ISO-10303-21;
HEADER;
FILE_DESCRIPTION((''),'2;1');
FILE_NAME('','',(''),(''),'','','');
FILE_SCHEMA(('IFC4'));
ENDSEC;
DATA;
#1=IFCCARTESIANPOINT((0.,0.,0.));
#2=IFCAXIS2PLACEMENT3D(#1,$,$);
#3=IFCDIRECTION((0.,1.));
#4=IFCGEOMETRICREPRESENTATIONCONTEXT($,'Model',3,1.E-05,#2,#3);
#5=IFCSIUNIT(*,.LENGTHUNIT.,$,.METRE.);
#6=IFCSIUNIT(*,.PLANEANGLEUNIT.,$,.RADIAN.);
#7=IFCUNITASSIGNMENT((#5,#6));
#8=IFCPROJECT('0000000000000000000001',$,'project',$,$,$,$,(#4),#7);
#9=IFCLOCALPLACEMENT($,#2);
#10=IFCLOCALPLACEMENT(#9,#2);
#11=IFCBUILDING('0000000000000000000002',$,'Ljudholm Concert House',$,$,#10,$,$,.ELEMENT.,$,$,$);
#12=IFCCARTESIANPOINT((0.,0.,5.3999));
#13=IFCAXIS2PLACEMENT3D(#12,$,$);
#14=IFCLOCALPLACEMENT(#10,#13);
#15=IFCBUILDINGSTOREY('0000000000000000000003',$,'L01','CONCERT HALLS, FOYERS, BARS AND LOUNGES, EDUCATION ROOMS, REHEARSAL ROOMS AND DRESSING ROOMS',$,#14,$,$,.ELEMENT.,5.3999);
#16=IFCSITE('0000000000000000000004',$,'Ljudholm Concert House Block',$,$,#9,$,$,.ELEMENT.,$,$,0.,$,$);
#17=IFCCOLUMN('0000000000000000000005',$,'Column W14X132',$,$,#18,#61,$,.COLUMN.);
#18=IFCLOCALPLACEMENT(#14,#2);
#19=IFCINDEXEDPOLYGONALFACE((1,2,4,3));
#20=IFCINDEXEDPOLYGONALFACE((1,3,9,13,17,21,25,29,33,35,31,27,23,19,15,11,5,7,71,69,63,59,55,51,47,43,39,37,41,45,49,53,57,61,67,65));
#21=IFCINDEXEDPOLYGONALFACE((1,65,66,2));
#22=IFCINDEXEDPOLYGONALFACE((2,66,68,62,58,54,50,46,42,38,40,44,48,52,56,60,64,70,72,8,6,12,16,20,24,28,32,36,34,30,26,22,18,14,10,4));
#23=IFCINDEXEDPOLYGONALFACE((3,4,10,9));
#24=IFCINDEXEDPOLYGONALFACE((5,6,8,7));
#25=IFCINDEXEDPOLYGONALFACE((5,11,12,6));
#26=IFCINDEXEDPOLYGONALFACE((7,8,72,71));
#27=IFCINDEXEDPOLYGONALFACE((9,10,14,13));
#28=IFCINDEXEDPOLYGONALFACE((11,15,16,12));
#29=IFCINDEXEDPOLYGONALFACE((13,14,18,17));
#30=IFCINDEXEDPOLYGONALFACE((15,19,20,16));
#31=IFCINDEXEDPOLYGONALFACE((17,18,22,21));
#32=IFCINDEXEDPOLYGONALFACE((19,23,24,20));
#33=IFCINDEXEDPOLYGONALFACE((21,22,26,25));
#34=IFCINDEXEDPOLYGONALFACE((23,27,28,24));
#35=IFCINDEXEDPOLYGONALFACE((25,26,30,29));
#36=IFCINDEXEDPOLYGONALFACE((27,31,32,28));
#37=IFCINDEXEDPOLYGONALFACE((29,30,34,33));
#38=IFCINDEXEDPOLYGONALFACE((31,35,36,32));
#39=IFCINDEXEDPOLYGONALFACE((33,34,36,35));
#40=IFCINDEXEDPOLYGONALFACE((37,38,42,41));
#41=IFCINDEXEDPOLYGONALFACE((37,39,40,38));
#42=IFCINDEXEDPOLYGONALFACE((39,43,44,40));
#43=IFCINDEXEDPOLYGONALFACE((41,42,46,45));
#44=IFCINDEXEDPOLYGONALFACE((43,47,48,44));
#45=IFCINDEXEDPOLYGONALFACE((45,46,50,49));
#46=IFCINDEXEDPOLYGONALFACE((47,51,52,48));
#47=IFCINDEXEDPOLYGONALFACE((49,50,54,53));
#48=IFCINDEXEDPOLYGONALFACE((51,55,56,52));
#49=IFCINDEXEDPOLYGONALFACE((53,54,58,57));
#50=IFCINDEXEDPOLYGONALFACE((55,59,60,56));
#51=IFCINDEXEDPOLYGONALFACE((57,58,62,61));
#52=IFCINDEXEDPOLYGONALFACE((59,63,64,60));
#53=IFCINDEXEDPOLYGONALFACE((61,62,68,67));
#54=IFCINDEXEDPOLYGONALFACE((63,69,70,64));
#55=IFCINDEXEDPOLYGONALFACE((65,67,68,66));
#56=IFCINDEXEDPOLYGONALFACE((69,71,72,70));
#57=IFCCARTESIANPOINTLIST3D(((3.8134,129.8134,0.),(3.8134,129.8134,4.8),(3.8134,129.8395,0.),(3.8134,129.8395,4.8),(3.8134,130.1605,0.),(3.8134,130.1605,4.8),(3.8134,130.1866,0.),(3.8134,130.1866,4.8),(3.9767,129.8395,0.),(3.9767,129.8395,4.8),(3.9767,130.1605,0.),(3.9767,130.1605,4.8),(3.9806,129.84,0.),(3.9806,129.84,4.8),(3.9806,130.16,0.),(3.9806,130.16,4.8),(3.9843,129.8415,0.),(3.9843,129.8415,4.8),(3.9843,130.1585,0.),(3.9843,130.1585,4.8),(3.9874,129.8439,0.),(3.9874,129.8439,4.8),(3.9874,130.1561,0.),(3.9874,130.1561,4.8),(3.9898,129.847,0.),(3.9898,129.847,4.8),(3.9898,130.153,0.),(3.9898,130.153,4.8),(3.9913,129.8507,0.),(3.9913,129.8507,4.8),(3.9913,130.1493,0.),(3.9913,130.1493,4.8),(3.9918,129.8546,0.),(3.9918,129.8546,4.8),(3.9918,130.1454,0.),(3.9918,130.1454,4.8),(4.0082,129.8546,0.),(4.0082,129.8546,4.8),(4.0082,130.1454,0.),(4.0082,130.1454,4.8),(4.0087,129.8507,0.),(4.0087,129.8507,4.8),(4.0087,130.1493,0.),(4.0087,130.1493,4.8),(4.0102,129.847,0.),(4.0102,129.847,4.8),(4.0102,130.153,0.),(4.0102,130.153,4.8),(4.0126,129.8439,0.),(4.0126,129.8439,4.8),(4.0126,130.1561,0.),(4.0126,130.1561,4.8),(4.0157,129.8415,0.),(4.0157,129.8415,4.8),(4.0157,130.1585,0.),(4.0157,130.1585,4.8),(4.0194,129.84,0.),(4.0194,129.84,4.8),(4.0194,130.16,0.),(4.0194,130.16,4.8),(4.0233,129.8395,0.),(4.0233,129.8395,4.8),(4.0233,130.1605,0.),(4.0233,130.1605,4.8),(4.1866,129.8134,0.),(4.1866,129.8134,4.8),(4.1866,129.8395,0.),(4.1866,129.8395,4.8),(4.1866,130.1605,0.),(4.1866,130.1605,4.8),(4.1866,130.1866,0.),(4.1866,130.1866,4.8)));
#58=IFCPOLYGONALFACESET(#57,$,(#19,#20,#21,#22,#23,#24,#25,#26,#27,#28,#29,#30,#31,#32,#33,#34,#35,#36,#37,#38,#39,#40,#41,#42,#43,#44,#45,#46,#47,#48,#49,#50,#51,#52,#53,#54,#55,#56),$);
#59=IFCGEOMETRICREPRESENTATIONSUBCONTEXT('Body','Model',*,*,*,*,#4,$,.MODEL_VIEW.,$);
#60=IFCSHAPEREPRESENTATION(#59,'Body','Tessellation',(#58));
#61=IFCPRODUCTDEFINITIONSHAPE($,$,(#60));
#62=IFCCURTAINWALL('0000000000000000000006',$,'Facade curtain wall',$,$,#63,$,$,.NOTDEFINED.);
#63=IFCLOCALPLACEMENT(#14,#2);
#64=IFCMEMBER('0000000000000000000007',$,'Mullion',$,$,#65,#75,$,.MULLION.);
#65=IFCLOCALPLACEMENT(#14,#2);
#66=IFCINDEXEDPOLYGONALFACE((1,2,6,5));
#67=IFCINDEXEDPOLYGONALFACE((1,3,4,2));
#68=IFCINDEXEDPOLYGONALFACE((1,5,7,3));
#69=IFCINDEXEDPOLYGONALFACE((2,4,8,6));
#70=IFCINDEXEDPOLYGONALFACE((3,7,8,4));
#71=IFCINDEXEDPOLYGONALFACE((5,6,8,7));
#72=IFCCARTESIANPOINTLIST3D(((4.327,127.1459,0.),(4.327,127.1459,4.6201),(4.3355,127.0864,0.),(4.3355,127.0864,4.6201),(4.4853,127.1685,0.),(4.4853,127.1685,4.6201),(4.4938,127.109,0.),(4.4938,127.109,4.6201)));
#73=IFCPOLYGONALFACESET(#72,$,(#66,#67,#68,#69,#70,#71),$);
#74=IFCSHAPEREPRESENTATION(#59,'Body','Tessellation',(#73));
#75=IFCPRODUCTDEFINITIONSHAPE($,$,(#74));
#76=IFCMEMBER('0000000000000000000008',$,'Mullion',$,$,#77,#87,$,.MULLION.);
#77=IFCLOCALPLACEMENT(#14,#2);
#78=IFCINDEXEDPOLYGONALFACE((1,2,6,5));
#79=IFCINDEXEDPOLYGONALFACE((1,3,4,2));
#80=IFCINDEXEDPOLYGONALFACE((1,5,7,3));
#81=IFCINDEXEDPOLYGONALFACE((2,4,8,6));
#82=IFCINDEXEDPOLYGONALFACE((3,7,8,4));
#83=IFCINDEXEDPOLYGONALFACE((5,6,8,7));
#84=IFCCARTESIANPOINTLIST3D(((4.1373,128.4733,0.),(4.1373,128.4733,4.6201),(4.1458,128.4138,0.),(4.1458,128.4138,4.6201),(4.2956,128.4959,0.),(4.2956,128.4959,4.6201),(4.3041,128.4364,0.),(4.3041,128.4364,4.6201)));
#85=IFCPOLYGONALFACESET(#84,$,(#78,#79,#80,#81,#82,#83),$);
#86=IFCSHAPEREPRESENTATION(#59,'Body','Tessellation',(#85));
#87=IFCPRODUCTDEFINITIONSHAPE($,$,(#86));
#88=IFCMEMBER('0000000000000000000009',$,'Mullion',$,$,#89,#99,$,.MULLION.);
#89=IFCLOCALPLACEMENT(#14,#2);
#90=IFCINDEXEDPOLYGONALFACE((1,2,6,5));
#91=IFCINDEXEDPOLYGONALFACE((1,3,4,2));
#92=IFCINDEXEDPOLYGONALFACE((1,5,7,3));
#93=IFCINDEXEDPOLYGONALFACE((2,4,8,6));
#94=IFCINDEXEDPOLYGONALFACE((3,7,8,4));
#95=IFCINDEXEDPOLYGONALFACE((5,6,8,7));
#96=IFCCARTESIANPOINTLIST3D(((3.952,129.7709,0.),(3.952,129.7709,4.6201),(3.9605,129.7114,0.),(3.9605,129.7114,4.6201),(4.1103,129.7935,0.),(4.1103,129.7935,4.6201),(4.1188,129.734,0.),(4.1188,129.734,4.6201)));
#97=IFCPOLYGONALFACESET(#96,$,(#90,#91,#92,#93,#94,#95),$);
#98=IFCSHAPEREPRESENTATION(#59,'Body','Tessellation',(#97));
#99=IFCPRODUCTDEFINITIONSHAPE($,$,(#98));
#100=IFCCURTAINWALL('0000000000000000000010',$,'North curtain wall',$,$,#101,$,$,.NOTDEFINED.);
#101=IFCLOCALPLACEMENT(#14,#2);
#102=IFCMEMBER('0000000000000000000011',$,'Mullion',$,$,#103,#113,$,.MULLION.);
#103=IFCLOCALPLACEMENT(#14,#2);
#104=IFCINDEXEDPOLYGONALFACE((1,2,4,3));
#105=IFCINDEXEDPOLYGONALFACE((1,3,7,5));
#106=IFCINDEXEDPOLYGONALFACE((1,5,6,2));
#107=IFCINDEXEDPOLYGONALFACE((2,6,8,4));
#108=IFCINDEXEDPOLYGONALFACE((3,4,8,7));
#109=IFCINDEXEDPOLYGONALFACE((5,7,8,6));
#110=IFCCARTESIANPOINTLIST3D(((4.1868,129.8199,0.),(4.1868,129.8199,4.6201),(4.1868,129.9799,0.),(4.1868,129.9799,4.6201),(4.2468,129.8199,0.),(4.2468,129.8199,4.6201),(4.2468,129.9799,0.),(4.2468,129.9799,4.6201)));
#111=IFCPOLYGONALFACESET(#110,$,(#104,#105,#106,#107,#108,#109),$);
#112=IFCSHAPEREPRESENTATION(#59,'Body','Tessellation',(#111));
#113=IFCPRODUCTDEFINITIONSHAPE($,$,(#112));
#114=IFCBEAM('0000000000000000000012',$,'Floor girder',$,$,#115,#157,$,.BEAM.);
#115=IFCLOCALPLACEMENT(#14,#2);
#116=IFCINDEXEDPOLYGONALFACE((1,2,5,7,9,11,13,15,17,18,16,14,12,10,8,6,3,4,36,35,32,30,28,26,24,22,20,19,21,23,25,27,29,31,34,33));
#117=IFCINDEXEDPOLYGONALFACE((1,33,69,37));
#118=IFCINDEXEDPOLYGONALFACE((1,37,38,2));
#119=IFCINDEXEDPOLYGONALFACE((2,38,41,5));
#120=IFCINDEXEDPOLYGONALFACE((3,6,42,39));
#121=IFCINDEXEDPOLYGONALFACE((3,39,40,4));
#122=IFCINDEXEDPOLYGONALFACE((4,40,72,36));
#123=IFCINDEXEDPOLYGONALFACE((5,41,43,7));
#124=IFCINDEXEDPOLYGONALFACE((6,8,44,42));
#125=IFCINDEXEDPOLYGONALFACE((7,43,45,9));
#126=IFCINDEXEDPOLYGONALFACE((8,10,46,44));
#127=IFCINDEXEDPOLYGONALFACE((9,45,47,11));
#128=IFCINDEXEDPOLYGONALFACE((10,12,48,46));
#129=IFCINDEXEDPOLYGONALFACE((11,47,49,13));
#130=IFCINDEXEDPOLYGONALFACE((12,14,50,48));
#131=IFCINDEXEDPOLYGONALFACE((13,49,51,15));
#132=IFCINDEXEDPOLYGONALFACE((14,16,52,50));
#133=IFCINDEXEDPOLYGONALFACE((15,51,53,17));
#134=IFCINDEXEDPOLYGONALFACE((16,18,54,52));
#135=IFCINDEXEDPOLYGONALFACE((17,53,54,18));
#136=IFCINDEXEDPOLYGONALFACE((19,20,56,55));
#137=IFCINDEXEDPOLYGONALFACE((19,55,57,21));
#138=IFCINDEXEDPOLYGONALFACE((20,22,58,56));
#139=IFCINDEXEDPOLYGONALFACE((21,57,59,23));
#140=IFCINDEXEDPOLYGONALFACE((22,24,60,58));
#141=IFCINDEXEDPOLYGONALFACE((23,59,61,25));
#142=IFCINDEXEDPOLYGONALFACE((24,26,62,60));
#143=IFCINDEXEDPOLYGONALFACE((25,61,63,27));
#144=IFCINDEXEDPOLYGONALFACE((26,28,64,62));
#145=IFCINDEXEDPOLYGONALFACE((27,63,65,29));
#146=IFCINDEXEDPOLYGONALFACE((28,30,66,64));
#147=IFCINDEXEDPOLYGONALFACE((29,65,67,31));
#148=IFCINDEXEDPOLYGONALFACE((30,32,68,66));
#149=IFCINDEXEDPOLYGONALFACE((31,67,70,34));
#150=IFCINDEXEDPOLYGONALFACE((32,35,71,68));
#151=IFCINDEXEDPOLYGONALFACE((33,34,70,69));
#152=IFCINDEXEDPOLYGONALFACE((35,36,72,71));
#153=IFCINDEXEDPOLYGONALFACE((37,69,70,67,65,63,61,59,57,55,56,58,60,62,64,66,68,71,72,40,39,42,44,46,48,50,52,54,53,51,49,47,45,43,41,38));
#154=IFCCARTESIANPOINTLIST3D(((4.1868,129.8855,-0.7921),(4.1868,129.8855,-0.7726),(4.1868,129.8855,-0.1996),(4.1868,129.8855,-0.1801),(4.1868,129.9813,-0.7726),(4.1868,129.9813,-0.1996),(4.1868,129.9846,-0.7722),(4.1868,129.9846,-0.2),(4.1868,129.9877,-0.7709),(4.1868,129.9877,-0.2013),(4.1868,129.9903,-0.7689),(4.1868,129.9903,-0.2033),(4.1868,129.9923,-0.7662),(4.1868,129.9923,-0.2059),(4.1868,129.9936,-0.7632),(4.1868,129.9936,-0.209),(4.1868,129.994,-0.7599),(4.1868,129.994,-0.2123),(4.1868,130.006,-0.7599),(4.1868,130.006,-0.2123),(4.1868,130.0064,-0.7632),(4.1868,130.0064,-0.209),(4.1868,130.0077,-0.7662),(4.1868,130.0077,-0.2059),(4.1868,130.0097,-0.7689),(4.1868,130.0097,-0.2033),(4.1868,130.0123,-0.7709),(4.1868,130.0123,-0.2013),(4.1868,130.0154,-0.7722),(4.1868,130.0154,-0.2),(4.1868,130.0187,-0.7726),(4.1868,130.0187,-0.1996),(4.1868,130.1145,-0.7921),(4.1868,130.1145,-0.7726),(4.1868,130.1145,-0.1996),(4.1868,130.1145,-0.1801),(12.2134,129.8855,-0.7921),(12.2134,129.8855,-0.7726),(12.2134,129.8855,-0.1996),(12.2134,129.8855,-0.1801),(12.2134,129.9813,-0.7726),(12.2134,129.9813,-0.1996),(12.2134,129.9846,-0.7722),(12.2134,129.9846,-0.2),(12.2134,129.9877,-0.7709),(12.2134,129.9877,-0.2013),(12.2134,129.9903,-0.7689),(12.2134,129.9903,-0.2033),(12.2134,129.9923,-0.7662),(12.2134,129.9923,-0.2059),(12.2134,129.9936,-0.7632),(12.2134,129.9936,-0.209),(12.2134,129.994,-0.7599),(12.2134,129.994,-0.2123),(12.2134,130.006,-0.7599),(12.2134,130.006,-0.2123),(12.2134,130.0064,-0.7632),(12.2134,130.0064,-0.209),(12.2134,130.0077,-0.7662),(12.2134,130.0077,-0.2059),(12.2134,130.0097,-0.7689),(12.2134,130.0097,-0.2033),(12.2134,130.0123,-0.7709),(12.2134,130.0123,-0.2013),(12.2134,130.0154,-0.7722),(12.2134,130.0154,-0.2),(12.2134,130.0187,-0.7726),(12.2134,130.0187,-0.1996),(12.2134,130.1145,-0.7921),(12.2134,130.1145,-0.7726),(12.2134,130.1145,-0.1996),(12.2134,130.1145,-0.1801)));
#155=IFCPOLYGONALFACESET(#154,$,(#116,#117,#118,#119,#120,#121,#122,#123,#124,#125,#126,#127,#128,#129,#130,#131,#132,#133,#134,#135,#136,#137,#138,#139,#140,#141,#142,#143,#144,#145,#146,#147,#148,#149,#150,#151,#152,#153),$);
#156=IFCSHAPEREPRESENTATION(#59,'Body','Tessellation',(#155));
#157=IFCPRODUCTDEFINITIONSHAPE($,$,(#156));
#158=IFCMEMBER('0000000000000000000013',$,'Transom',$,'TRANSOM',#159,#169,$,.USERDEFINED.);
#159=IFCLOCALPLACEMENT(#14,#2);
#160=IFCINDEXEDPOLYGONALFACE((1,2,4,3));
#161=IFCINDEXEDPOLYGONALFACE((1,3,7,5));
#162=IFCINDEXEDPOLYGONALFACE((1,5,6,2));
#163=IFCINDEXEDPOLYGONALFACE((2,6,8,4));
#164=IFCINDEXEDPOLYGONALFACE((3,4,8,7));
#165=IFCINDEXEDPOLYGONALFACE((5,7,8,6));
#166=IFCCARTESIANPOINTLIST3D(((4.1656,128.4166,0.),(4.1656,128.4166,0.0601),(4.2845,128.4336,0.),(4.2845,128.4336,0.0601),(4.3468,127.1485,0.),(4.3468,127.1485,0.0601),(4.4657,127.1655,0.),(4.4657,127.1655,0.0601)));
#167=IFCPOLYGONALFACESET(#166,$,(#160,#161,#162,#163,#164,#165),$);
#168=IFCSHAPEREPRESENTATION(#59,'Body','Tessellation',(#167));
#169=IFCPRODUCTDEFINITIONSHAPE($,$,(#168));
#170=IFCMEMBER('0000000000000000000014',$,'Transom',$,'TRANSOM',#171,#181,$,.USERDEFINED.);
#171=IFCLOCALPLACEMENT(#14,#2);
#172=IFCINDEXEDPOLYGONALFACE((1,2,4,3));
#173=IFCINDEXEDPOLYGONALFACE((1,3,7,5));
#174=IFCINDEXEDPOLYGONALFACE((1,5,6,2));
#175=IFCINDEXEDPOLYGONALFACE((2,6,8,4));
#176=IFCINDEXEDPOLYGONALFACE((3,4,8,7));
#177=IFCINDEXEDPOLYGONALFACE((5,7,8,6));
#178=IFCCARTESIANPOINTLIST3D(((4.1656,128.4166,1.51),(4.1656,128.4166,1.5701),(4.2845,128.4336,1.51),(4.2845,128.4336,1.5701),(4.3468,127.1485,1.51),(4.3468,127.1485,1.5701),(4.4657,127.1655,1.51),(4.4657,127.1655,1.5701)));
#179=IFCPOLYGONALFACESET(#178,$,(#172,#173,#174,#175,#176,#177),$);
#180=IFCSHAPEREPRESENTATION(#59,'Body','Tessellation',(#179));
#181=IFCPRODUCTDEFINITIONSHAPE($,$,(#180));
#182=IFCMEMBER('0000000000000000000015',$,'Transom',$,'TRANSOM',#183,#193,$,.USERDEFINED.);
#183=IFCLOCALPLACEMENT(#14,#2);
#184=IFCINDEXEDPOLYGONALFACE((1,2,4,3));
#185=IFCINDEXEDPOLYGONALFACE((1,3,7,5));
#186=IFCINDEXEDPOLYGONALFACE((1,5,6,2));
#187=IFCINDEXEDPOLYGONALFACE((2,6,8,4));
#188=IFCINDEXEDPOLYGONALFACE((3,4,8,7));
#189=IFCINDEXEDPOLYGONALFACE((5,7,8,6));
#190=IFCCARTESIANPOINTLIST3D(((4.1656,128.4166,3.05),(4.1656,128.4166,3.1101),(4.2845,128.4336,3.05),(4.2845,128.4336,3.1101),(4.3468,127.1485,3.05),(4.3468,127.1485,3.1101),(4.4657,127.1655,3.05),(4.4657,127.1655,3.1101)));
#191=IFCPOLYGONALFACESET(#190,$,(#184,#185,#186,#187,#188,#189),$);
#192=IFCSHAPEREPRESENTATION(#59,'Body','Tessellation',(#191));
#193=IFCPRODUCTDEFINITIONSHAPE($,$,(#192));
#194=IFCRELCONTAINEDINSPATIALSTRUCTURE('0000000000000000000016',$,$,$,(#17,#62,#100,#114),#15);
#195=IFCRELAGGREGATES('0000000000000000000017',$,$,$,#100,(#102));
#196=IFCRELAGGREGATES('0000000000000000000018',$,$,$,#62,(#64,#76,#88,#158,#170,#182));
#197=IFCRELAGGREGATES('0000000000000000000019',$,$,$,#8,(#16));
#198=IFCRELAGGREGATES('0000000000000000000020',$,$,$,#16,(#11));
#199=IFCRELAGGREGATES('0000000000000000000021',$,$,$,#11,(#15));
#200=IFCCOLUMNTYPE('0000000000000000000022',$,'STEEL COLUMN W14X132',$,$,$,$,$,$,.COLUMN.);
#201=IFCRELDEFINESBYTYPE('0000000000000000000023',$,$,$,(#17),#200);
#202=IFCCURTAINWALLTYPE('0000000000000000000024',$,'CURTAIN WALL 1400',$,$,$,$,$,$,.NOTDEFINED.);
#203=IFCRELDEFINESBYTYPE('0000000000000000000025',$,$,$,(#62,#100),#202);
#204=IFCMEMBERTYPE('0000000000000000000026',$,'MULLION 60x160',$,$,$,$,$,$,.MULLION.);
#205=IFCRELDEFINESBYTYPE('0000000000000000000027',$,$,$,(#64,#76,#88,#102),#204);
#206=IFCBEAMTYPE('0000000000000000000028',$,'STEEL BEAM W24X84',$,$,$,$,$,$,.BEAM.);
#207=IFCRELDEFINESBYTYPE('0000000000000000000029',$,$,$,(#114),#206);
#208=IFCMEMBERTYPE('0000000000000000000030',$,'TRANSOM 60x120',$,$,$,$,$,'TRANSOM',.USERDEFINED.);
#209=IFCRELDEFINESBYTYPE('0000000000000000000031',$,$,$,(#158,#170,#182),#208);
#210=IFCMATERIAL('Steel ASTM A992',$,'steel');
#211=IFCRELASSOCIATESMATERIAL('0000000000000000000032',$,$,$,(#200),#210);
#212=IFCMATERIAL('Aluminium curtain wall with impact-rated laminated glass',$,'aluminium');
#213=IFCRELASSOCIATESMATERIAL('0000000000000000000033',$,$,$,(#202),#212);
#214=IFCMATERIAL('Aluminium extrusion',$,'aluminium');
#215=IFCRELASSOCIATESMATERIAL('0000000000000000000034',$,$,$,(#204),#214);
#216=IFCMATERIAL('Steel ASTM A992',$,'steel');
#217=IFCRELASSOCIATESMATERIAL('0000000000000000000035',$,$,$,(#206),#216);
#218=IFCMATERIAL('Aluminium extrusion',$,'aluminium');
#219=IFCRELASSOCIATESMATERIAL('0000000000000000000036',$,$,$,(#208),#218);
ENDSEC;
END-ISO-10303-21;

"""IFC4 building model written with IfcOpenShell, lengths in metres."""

from ifc_helpers import new_model, si_unit, direction, frame, origin, origin_2d, place, context, subcontext, project, spatial, rectangle, i_section, extrude, material, material_profile, profile_set, type_object, element, aggregate, save


model = new_model("IFC4")

# Units and contexts
model_context = context("Model", 3, precision=1e-05, world=origin(), true_north=direction((0.0, 1.0)))
body_context = subcontext(model_context, "Body", "Model", "MODEL_VIEW")
ifc_project = project(units=[si_unit("LENGTHUNIT", "METRE"), si_unit("PLANEANGLEUNIT", "RADIAN")], contexts=[model_context])

# Site, building, storey
site_placement = place(None, origin())
site = spatial("IfcSite", under=ifc_project, at=site_placement, Name="Ljudholm Concert House Block", CompositionType="ELEMENT", RefElevation=0.0)
building_placement = place(site_placement, origin())
building = spatial("IfcBuilding", under=site, at=building_placement, Name="Ljudholm Concert House", CompositionType="ELEMENT")
storey_placement = place(building_placement, frame((0.0, 0.0, 5.3999)))
storey = spatial("IfcBuildingStorey", under=building, at=storey_placement, Name="L01", Description="CONCERT HALLS, FOYERS, BARS AND LOUNGES, EDUCATION ROOMS, REHEARSAL ROOMS AND DRESSING ROOMS", CompositionType="ELEMENT", Elevation=5.3999)

# Column
ifc_material_1 = material(Name="Steel ASTM A992", Category="steel")
ifc_material_profile_1 = material_profile(ifc_material_1, i_section(OverallWidth=0.3733, OverallDepth=0.3733, WebThickness=0.0164, FlangeThickness=0.0261, FilletRadius=0.0151, at=origin_2d()), Name="W14X132")
ifc_profile_set_1 = profile_set([ifc_material_profile_1], Name="Steel ASTM A992")
column_type = type_object("IfcColumnType", Name="STEEL COLUMN W14X132", PredefinedType="COLUMN", material=ifc_profile_set_1)
column_placement = place(storey_placement, frame((4.0, 130.0, 0.0), z_axis=(0.0, 0.0, 1.0), x_axis=(1.0, 0.0, 0.0)))
element("IfcColumn", 1, at=column_placement, inside=storey, type_object=column_type, Name="Column W14X132", PredefinedType="COLUMN", context=body_context, shape_type="SweptSolid", body=[
    extrude(i_section(OverallWidth=0.3733, OverallDepth=0.3733, WebThickness=0.0164, FlangeThickness=0.0261, FilletRadius=0.0151, at=origin_2d()), origin(), (0.0, 0.0, 1.0), 4.8),
])

# Curtain wall, members
ifc_material_2 = material(Name="Aluminium curtain wall with impact-rated laminated glass", Category="aluminium")
curtain_wall_type = type_object("IfcCurtainWallType", Name="CURTAIN WALL 1400", PredefinedType="NOTDEFINED", material=ifc_material_2)
curtain_wall_1_placement = place(storey_placement, origin())
curtain_wall_1 = element("IfcCurtainWall", 2, at=curtain_wall_1_placement, inside=storey, type_object=curtain_wall_type, Name="Facade curtain wall", PredefinedType="NOTDEFINED")
ifc_material_3 = material(Name="Aluminium extrusion", Category="aluminium")
ifc_material_profile_2 = material_profile(ifc_material_3, rectangle(XDim=0.1599, YDim=0.0601, at=origin_2d()), Name="MULLION 60x160")
ifc_profile_set_2 = profile_set([ifc_material_profile_2], Name="Aluminium extrusion")
member_type_1 = type_object("IfcMemberType", Name="MULLION 60x160", PredefinedType="MULLION", material=ifc_profile_set_2)
member_1_placement = place(storey_placement, frame((4.4104, 127.1274, 0.0), z_axis=(0.0, 0.0, 1.0), x_axis=(-0.989949, -0.141421, 0.0)))
member_1 = element("IfcMember", 3, at=member_1_placement, type_object=member_type_1, Name="Mullion", PredefinedType="MULLION", context=body_context, shape_type="SweptSolid", body=[
    extrude(rectangle(XDim=0.1599, YDim=0.0601, at=origin_2d()), origin(), (0.0, 0.0, 1.0), 4.6201),
])
member_2_placement = place(storey_placement, frame((4.2207, 128.4548, 0.0), z_axis=(0.0, 0.0, 1.0), x_axis=(-0.989949, -0.141421, 0.0)))
member_2 = element("IfcMember", 4, at=member_2_placement, type_object=member_type_1, Name="Mullion", PredefinedType="MULLION", context=body_context, shape_type="SweptSolid", body=[
    extrude(rectangle(XDim=0.1599, YDim=0.0601, at=origin_2d()), origin(), (0.0, 0.0, 1.0), 4.6201),
])
member_3_placement = place(storey_placement, frame((4.0354, 129.7524, 0.0), z_axis=(0.0, 0.0, 1.0), x_axis=(-0.989949, -0.141421, 0.0)))
member_3 = element("IfcMember", 5, at=member_3_placement, type_object=member_type_1, Name="Mullion", PredefinedType="MULLION", context=body_context, shape_type="SweptSolid", body=[
    extrude(rectangle(XDim=0.1599, YDim=0.0601, at=origin_2d()), origin(), (0.0, 0.0, 1.0), 4.6201),
])

# Curtain wall, member
curtain_wall_2_placement = place(storey_placement, origin())
curtain_wall_2 = element("IfcCurtainWall", 6, at=curtain_wall_2_placement, inside=storey, type_object=curtain_wall_type, Name="North curtain wall", PredefinedType="NOTDEFINED")
member_4_placement = place(storey_placement, frame((4.2168, 129.8999, 0.0), z_axis=(0.0, 0.0, 1.0), x_axis=(0.0, 1.0, 0.0)))
member_4 = element("IfcMember", 7, at=member_4_placement, type_object=member_type_1, Name="Mullion", PredefinedType="MULLION", context=body_context, shape_type="SweptSolid", body=[
    extrude(rectangle(XDim=0.1599, YDim=0.0601, at=origin_2d()), origin(), (0.0, 0.0, 1.0), 4.6201),
])

# Beam
ifc_material_4 = material(Name="Steel ASTM A992", Category="steel")
ifc_material_profile_3 = material_profile(ifc_material_4, i_section(OverallWidth=0.229, OverallDepth=0.6121, WebThickness=0.012, FlangeThickness=0.0195, FilletRadius=0.0127, at=origin_2d()), Name="W24X84")
ifc_profile_set_3 = profile_set([ifc_material_profile_3], Name="Steel ASTM A992")
beam_type = type_object("IfcBeamType", Name="STEEL BEAM W24X84", PredefinedType="BEAM", material=ifc_profile_set_3)
beam_placement = place(storey_placement, frame((4.1868, 130.0, -0.4861), z_axis=(1.0, 0.0, 0.0), x_axis=(0.0, 1.0, 0.0)))
element("IfcBeam", 8, at=beam_placement, inside=storey, type_object=beam_type, Name="Floor girder", PredefinedType="BEAM", context=body_context, shape_type="SweptSolid", body=[
    extrude(i_section(OverallWidth=0.229, OverallDepth=0.6121, WebThickness=0.012, FlangeThickness=0.0195, FilletRadius=0.0127, at=origin_2d()), origin(), (0.0, 0.0, 1.0), 8.0266),
])

# Members
ifc_material_5 = material(Name="Aluminium extrusion", Category="aluminium")
ifc_material_profile_4 = material_profile(ifc_material_5, rectangle(XDim=0.1201, YDim=0.0601, at=origin_2d()), Name="TRANSOM 60x120")
ifc_profile_set_4 = profile_set([ifc_material_profile_4], Name="Aluminium extrusion")
member_type_2 = type_object("IfcMemberType", Name="TRANSOM 60x120", ElementType="TRANSOM", PredefinedType="USERDEFINED", material=ifc_profile_set_4)
member_5_placement = place(storey_placement, frame((4.4062, 127.157, 0.03), z_axis=(-0.141421, 0.989949, 0.0), x_axis=(-0.989949, -0.141421, 0.0)))
member_5 = element("IfcMember", 9, at=member_5_placement, type_object=member_type_2, Name="Transom", ObjectType="TRANSOM", PredefinedType="USERDEFINED", context=body_context, shape_type="SweptSolid", body=[
    extrude(rectangle(XDim=0.1201, YDim=0.0601, at=origin_2d()), origin(), (0.0, 0.0, 1.0), 1.281),
])
member_6_placement = place(storey_placement, frame((4.4062, 127.157, 1.54), z_axis=(-0.141421, 0.989949, 0.0), x_axis=(-0.989949, -0.141421, 0.0)))
member_6 = element("IfcMember", 10, at=member_6_placement, type_object=member_type_2, Name="Transom", ObjectType="TRANSOM", PredefinedType="USERDEFINED", context=body_context, shape_type="SweptSolid", body=[
    extrude(rectangle(XDim=0.1201, YDim=0.0601, at=origin_2d()), origin(), (0.0, 0.0, 1.0), 1.281),
])
member_7_placement = place(storey_placement, frame((4.4062, 127.157, 3.0801), z_axis=(-0.141421, 0.989949, 0.0), x_axis=(-0.989949, -0.141421, 0.0)))
member_7 = element("IfcMember", 11, at=member_7_placement, type_object=member_type_2, Name="Transom", ObjectType="TRANSOM", PredefinedType="USERDEFINED", context=body_context, shape_type="SweptSolid", body=[
    extrude(rectangle(XDim=0.1201, YDim=0.0601, at=origin_2d()), origin(), (0.0, 0.0, 1.0), 1.281),
])
aggregate(curtain_wall_2, [member_4])

aggregate(curtain_wall_1, [member_1, member_2, member_3, member_5, member_6, member_7])

save(model, "model.ifc")
